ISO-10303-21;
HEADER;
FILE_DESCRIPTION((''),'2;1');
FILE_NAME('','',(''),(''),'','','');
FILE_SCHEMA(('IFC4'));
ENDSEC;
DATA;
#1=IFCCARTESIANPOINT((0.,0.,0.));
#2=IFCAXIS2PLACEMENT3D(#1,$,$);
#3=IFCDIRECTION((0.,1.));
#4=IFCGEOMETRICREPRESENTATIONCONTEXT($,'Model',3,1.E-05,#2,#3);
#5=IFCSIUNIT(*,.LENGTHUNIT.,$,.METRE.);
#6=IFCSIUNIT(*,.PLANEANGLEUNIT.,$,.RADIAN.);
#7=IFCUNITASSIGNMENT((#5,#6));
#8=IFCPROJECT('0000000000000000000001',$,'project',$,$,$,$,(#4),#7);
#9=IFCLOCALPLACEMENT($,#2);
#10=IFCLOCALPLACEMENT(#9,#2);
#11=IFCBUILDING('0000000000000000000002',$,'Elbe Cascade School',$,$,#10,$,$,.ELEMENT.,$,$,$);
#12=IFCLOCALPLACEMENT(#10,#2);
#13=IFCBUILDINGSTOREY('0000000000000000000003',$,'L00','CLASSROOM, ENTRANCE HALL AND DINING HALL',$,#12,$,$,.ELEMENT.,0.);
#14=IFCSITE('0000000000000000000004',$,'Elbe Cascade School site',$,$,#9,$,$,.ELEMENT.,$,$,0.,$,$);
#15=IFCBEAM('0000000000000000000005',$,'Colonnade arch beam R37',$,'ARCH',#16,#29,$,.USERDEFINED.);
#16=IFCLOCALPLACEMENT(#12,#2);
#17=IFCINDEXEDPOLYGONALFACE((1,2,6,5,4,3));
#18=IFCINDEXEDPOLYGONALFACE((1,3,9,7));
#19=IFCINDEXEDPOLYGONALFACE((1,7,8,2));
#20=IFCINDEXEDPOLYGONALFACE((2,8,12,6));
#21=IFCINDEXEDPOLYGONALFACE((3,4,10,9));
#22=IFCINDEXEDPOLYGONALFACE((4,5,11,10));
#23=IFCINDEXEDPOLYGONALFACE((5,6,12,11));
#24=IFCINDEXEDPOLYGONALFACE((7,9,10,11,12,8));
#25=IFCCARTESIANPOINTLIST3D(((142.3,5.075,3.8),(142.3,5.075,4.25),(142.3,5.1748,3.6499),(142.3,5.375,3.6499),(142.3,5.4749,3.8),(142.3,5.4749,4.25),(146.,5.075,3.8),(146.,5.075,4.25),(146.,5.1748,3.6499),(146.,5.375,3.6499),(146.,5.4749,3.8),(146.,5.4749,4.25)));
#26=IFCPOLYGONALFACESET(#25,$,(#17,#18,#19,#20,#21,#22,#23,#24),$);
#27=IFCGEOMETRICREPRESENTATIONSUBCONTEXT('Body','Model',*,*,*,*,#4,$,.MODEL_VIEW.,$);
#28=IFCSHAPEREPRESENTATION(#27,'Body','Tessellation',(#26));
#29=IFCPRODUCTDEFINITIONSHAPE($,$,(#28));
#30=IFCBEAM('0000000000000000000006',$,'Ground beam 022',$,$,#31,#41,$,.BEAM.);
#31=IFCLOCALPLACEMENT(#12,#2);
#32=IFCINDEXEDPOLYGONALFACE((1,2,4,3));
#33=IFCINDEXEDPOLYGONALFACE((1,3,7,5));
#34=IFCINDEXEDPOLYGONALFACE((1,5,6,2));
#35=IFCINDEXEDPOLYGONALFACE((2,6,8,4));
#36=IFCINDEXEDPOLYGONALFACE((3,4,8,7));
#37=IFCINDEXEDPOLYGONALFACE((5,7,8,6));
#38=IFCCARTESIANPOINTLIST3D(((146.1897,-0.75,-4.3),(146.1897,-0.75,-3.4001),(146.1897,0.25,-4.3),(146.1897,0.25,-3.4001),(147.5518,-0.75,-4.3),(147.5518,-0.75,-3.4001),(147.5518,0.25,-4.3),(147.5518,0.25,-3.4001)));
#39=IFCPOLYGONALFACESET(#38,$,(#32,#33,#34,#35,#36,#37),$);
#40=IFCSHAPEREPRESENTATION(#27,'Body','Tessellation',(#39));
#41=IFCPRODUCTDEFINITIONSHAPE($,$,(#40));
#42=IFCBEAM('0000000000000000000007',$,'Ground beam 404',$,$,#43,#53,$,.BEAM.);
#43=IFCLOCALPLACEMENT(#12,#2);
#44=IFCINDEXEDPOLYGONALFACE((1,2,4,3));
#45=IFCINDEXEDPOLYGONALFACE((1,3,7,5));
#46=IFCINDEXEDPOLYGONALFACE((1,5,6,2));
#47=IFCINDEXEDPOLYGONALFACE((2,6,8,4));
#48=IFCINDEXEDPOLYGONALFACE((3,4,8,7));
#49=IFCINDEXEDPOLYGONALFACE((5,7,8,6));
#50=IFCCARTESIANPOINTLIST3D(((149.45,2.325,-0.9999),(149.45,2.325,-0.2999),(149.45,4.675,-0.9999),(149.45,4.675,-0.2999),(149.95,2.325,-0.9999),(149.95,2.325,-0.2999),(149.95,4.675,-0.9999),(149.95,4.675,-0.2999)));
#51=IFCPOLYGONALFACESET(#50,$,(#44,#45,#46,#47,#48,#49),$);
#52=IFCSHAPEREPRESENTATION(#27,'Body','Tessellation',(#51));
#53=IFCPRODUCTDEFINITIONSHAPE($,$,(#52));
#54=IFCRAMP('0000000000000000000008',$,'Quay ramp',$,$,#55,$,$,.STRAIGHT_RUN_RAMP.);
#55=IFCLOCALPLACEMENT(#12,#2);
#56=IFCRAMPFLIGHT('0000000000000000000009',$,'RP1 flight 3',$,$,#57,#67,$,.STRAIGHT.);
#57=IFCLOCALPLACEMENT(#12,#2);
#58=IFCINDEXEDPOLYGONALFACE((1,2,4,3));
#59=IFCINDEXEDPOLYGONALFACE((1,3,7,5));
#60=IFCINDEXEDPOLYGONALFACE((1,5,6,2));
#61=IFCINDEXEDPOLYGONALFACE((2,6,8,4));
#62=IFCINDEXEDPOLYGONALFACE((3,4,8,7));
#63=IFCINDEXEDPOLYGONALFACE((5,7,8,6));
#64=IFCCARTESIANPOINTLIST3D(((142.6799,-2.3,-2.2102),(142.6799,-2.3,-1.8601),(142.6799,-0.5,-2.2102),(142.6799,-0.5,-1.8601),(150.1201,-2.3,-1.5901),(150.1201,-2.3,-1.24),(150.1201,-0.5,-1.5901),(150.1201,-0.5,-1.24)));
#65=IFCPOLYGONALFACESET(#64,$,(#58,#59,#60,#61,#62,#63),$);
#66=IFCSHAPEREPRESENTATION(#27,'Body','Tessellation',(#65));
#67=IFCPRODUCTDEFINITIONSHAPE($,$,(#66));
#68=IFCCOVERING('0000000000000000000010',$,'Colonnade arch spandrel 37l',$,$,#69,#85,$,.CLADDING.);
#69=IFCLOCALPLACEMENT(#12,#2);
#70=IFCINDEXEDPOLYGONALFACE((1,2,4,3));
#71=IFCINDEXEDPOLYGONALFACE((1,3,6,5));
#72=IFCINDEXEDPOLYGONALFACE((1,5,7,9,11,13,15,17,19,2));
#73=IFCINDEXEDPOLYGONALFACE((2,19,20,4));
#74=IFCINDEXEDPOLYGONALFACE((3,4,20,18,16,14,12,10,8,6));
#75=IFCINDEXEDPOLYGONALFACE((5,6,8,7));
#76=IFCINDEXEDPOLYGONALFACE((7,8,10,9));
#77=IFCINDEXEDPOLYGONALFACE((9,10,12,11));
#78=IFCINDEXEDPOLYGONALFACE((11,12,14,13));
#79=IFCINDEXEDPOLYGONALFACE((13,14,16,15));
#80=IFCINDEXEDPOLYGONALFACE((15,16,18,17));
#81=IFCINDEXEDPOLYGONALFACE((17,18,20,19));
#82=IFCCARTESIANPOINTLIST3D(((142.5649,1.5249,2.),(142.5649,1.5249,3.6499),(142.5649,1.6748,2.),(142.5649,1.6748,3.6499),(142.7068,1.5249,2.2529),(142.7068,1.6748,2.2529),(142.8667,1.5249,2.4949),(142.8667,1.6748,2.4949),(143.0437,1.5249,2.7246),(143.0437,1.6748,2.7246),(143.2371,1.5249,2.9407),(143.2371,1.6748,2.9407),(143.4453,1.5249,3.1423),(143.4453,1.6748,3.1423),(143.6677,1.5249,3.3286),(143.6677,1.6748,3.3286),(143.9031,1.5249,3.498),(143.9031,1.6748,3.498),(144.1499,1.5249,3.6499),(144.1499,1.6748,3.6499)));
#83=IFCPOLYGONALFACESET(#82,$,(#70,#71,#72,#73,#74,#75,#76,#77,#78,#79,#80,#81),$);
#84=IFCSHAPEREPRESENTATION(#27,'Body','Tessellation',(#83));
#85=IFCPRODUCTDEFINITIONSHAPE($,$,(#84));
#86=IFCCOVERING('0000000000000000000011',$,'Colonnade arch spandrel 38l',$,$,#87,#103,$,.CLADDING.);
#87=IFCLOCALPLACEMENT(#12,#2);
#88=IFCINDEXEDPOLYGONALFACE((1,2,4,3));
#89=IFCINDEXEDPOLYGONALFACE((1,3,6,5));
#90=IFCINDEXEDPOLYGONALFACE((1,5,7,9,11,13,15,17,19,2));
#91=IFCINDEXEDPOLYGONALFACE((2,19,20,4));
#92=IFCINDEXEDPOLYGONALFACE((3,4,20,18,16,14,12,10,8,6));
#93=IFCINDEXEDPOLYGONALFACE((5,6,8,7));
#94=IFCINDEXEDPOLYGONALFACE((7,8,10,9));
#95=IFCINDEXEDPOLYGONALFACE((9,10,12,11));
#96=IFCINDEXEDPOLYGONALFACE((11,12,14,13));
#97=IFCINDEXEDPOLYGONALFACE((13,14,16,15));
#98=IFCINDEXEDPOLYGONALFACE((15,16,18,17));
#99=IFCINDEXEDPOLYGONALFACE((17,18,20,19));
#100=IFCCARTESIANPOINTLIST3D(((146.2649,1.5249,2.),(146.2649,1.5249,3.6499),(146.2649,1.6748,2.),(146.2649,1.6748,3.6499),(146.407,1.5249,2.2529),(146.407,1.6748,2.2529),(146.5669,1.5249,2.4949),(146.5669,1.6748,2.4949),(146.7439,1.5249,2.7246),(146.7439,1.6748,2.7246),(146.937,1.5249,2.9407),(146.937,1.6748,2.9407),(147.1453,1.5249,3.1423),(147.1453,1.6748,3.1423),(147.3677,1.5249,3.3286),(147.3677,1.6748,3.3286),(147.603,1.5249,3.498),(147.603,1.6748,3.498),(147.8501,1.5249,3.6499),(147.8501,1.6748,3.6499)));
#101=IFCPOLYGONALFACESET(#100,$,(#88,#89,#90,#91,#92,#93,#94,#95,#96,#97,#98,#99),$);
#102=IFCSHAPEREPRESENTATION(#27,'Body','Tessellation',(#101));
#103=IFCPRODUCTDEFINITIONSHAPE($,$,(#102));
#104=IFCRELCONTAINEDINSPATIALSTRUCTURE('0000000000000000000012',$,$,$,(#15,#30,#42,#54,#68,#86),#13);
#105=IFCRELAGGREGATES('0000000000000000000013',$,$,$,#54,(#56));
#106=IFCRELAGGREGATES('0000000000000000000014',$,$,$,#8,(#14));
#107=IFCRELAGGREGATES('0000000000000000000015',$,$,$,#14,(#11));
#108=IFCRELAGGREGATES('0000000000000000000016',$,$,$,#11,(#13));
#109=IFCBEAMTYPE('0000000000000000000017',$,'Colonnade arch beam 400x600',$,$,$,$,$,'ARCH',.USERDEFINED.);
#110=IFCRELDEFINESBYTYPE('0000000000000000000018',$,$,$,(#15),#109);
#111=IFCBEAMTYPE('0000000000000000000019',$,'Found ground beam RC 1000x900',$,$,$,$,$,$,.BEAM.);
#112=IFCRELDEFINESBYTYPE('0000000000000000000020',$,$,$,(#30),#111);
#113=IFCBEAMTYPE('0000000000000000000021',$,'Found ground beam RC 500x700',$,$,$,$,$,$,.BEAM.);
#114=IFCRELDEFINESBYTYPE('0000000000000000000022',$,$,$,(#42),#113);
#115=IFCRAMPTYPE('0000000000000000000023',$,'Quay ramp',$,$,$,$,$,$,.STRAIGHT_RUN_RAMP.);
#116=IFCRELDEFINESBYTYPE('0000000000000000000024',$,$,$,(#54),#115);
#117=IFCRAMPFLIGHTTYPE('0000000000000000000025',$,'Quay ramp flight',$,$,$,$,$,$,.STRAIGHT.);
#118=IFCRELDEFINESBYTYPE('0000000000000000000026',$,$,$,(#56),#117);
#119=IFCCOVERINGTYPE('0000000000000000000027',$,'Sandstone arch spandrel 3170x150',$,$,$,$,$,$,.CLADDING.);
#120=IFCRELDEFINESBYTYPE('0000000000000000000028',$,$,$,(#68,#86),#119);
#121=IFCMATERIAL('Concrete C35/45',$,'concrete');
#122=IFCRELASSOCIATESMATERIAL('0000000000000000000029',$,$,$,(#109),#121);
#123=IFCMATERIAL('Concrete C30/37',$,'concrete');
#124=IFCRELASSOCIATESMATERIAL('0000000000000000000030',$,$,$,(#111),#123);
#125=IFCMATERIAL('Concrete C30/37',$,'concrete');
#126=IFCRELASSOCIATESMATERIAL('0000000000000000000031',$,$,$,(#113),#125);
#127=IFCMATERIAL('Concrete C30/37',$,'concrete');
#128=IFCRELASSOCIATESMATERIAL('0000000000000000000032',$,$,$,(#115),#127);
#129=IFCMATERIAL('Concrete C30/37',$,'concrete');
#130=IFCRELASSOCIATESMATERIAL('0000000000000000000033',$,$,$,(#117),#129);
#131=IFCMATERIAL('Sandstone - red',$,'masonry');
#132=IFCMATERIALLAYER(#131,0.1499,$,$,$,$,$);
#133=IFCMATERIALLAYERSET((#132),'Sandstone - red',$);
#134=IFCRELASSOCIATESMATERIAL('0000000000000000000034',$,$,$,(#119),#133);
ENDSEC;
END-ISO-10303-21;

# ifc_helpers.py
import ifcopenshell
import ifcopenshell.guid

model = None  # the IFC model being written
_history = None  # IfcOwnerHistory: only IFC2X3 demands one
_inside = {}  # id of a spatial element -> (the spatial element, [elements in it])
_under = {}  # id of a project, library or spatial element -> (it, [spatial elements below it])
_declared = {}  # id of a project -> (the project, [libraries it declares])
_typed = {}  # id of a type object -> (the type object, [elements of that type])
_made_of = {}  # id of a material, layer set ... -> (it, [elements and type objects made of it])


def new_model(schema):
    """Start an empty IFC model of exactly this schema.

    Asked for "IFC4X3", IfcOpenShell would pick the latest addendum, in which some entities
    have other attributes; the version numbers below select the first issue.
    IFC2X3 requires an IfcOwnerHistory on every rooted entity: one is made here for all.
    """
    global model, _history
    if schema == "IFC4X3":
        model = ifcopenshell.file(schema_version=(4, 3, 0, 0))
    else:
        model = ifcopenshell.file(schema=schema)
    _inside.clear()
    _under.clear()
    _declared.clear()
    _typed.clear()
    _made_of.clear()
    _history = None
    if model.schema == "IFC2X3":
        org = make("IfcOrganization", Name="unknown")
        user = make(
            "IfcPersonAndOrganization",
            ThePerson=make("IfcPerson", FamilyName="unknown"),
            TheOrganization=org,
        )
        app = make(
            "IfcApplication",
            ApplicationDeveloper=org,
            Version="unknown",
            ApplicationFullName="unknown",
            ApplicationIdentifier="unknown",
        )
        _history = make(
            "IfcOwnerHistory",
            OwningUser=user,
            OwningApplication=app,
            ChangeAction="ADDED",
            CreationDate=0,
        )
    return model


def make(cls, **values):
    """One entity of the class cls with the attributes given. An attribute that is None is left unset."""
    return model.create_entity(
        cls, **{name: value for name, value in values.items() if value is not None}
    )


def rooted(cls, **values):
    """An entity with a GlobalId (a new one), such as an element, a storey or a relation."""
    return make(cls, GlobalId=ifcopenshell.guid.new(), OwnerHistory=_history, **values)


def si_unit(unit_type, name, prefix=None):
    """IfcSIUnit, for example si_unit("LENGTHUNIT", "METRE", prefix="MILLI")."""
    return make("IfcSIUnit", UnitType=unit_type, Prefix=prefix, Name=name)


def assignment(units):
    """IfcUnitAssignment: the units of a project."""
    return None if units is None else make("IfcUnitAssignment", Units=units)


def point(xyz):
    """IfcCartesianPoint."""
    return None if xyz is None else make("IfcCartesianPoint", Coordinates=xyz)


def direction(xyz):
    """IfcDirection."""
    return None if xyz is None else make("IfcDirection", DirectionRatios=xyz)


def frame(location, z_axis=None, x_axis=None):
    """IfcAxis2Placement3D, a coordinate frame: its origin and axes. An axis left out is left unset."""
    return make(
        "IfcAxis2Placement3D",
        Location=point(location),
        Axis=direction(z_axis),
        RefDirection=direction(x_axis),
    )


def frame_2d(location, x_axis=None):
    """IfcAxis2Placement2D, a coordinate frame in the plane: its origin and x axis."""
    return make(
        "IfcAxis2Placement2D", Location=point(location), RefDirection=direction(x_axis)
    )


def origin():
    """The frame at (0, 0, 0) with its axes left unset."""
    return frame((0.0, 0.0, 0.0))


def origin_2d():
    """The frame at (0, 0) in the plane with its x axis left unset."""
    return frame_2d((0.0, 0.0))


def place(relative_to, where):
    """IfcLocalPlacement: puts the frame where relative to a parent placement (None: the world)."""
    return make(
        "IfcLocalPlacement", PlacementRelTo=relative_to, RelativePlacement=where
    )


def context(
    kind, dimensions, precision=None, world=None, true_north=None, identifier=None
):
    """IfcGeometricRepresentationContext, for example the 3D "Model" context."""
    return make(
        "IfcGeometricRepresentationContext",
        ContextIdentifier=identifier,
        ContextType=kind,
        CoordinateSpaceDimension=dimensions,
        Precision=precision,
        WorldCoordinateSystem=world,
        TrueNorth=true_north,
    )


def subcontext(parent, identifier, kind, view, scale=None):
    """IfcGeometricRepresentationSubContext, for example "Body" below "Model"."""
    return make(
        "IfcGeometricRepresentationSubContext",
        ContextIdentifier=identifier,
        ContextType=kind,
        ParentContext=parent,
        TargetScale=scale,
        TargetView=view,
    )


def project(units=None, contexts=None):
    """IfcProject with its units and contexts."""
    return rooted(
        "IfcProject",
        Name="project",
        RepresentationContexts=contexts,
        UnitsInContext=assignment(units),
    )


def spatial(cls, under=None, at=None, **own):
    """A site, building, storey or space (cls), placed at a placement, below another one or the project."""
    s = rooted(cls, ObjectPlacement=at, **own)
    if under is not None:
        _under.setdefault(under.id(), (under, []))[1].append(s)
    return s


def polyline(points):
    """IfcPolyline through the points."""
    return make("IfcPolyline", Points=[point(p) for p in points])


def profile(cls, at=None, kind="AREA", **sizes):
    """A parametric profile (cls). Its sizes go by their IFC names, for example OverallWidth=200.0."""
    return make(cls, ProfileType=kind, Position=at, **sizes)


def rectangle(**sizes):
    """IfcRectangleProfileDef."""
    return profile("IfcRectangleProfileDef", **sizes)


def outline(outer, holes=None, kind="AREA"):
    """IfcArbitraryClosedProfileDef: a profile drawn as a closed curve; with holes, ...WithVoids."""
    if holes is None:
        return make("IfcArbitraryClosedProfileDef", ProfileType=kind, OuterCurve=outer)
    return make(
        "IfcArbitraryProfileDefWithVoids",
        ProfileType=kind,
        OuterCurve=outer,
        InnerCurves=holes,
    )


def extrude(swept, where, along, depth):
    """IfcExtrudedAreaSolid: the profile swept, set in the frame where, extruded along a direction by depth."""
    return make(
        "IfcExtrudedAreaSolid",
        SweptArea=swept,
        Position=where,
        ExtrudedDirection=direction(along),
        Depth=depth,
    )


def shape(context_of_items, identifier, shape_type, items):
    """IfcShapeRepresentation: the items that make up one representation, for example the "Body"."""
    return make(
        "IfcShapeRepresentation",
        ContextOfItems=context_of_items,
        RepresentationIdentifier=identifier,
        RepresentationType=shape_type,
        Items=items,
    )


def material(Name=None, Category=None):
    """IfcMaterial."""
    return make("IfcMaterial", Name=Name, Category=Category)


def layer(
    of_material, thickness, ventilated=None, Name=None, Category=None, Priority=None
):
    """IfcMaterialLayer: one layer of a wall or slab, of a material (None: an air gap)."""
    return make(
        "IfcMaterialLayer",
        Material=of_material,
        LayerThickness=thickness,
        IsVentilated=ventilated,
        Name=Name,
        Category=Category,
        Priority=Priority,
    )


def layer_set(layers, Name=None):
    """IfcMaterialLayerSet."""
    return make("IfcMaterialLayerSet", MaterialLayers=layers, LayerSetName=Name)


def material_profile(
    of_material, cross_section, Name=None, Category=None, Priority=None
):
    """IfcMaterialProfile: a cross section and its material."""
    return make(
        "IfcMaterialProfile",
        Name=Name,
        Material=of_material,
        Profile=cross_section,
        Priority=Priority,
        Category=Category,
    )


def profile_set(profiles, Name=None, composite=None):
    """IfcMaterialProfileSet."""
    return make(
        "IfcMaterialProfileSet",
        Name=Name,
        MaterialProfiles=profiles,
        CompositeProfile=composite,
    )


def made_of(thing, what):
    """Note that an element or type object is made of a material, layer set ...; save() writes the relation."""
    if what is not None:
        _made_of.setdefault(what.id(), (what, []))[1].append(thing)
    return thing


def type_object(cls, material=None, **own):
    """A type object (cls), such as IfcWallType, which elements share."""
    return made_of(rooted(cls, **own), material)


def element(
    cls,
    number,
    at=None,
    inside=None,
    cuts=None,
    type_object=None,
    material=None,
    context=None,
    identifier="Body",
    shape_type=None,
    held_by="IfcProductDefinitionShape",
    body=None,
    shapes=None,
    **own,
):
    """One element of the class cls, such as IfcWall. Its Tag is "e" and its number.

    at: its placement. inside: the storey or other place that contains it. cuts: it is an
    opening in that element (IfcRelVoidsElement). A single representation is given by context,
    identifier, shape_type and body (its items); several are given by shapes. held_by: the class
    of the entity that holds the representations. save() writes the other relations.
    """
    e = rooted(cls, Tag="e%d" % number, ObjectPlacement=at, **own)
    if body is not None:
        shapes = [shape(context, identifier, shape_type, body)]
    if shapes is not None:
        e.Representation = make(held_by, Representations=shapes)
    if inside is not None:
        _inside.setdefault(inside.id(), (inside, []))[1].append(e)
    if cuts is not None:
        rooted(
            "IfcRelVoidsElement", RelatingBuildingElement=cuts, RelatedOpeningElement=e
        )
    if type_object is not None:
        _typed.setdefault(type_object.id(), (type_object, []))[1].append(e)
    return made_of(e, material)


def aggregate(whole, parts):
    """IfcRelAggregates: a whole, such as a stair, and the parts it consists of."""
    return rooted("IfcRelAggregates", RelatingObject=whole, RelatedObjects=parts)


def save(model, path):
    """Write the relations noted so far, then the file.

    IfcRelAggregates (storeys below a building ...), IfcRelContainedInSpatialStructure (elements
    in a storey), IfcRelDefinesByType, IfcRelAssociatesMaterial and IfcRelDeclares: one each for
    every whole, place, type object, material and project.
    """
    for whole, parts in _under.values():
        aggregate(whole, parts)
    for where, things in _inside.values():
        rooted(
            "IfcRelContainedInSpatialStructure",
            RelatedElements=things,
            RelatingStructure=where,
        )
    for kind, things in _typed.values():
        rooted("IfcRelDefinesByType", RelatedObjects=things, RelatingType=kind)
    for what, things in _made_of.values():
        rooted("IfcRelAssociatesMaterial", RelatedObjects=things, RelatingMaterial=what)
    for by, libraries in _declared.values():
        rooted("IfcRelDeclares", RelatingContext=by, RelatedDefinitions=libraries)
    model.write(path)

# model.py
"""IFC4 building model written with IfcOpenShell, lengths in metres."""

from ifc_helpers import new_model, si_unit, direction, frame, origin, origin_2d, place, context, subcontext, project, spatial, polyline, rectangle, outline, extrude, material, layer, layer_set, material_profile, profile_set, type_object, element, aggregate, save


model = new_model("IFC4")

# Units and contexts
model_context = context("Model", 3, precision=1e-05, world=origin(), true_north=direction((0.0, 1.0)))
body_context = subcontext(model_context, "Body", "Model", "MODEL_VIEW")
ifc_project = project(units=[si_unit("LENGTHUNIT", "METRE"), si_unit("PLANEANGLEUNIT", "RADIAN")], contexts=[model_context])

# Site, building, storey
site_placement = place(None, origin())
site = spatial("IfcSite", under=ifc_project, at=site_placement, Name="Elbe Cascade School site", CompositionType="ELEMENT", RefElevation=0.0)
building_placement = place(site_placement, origin())
building = spatial("IfcBuilding", under=site, at=building_placement, Name="Elbe Cascade School", CompositionType="ELEMENT")
storey_placement = place(building_placement, origin())
storey = spatial("IfcBuildingStorey", under=building, at=storey_placement, Name="L00", Description="CLASSROOM, ENTRANCE HALL AND DINING HALL", CompositionType="ELEMENT", Elevation=0.0)

# Beams
ifc_material_1 = material(Name="Concrete C35/45", Category="concrete")
ifc_material_profile_1 = material_profile(ifc_material_1, outline(polyline([(-0.2, 0.3), (0.2, 0.3), (0.2, -0.1499), (0.1001, -0.3), (-0.1001, -0.3), (-0.2, -0.1499), (-0.2, 0.3)])), Name="RC arch 400x600")
ifc_profile_set_1 = profile_set([ifc_material_profile_1], Name="Concrete C35/45")
beam_type_1 = type_object("IfcBeamType", Name="Colonnade arch beam 400x600", ElementType="ARCH", PredefinedType="USERDEFINED", material=ifc_profile_set_1)
for number, where, z_axis, x_axis, name in (
    (1, (142.3, 5.2749, 3.95), (1.0, 0.0, 0.0), (0.0, 1.0, 0.0), "Colonnade arch beam R37"),
):
    element("IfcBeam", number, at=place(storey_placement, frame(where, z_axis=z_axis, x_axis=x_axis)), inside=storey, type_object=beam_type_1, Name=name, ObjectType="ARCH", PredefinedType="USERDEFINED", context=body_context, shape_type="SweptSolid", body=[
        extrude(outline(polyline([(-0.2, 0.3), (0.2, 0.3), (0.2, -0.1499), (0.1001, -0.3), (-0.1001, -0.3), (-0.2, -0.1499), (-0.2, 0.3)])), origin(), (0.0, 0.0, 1.0), 3.7),
    ])
ifc_material_2 = material(Name="Concrete C30/37", Category="concrete")
ifc_material_profile_2 = material_profile(ifc_material_2, rectangle(XDim=1.0, YDim=0.8999, at=origin_2d()), Name="RC 1000x900")
ifc_profile_set_2 = profile_set([ifc_material_profile_2], Name="Concrete C30/37")
beam_type_2 = type_object("IfcBeamType", Name="Found ground beam RC 1000x900", PredefinedType="BEAM", material=ifc_profile_set_2)
beam_1_placement = place(storey_placement, frame((146.1897, -0.25, -3.8501), z_axis=(1.0, 0.0, 0.0), x_axis=(0.0, 1.0, 0.0)))
element("IfcBeam", 2, at=beam_1_placement, inside=storey, type_object=beam_type_2, Name="Ground beam 022", PredefinedType="BEAM", context=body_context, shape_type="SweptSolid", body=[
    extrude(rectangle(XDim=1.0, YDim=0.8999, at=origin_2d()), origin(), (0.0, 0.0, 1.0), 1.3621),
])
ifc_material_3 = material(Name="Concrete C30/37", Category="concrete")
ifc_material_profile_3 = material_profile(ifc_material_3, rectangle(XDim=0.5, YDim=0.7, at=origin_2d()), Name="RC 500x700")
ifc_profile_set_3 = profile_set([ifc_material_profile_3], Name="Concrete C30/37")
beam_type_3 = type_object("IfcBeamType", Name="Found ground beam RC 500x700", PredefinedType="BEAM", material=ifc_profile_set_3)
beam_2_placement = place(storey_placement, frame((149.7, 2.325, -0.6499), z_axis=(0.0, 1.0, 0.0), x_axis=(-1.0, 0.0, 0.0)))
element("IfcBeam", 3, at=beam_2_placement, inside=storey, type_object=beam_type_3, Name="Ground beam 404", PredefinedType="BEAM", context=body_context, shape_type="SweptSolid", body=[
    extrude(rectangle(XDim=0.5, YDim=0.7, at=origin_2d()), origin(), (0.0, 0.0, 1.0), 2.3501),
])

# Ramp, ramp flight
ifc_material_4 = material(Name="Concrete C30/37", Category="concrete")
ramp_type = type_object("IfcRampType", Name="Quay ramp", PredefinedType="STRAIGHT_RUN_RAMP", material=ifc_material_4)
ramp_placement = place(storey_placement, origin())
ramp = element("IfcRamp", 4, at=ramp_placement, inside=storey, type_object=ramp_type, Name="Quay ramp", PredefinedType="STRAIGHT_RUN_RAMP")
ifc_material_5 = material(Name="Concrete C30/37", Category="concrete")
ramp_flight_type = type_object("IfcRampFlightType", Name="Quay ramp flight", PredefinedType="STRAIGHT", material=ifc_material_5)
ramp_flight_placement = place(storey_placement, frame((142.6799, -1.3999, -1.8601), z_axis=(0.0, 0.0, 1.0), x_axis=(1.0, 0.0, 0.0)))
ramp_flight = element("IfcRampFlight", 5, at=ramp_flight_placement, type_object=ramp_flight_type, Name="RP1 flight 3", PredefinedType="STRAIGHT", context=body_context, shape_type="SweptSolid", body=[
    extrude(outline(polyline([(0.0, -0.3501), (7.4402, 0.27), (7.4402, 0.6201), (0.0, 0.0), (0.0, -0.3501)])), frame((0.0, 0.8999, 0.0), z_axis=(0.0, -1.0, 0.0), x_axis=(1.0, 0.0, 0.0)), (0.0, 0.0, 1.0), 1.8),
])
aggregate(ramp, [ramp_flight])

# Coverings
ifc_material_6 = material(Name="Sandstone - red", Category="masonry")
ifc_layer = layer(ifc_material_6, 0.1499)
ifc_layer_set = layer_set([ifc_layer], Name="Sandstone - red")
covering_type = type_object("IfcCoveringType", Name="Sandstone arch spandrel 3170x150", PredefinedType="CLADDING", material=ifc_layer_set)
covering_1_placement = place(storey_placement, frame((142.5649, 1.5249, 3.6499), z_axis=(0.0, -1.0, 0.0), x_axis=(0.0, 0.0, -1.0)))
element("IfcCovering", 6, at=covering_1_placement, inside=storey, type_object=covering_type, Name="Colonnade arch spandrel 37l", PredefinedType="CLADDING", context=body_context, shape_type="SweptSolid", body=[
    extrude(outline(polyline([(0.0, 0.0), (1.6499, 0.0), (1.397, 0.1418), (1.155, 0.3018), (0.9253, 0.4788), (0.7092, 0.6721), (0.5076, 0.8804), (0.3213, 1.1028), (0.1519, 1.3381), (0.0, 1.585), (0.0, 0.0)])), origin(), (0.0, 0.0, -1.0), 0.1499),
])
covering_2_placement = place(storey_placement, frame((146.2649, 1.5249, 3.6499), z_axis=(0.0, -1.0, 0.0), x_axis=(0.0, 0.0, -1.0)))
element("IfcCovering", 7, at=covering_2_placement, inside=storey, type_object=covering_type, Name="Colonnade arch spandrel 38l", PredefinedType="CLADDING", context=body_context, shape_type="SweptSolid", body=[
    extrude(outline(polyline([(0.0, 0.0), (1.6499, 0.0), (1.397, 0.1421), (1.155, 0.302), (0.9253, 0.479), (0.7092, 0.6721), (0.5076, 0.8804), (0.3213, 1.1028), (0.1519, 1.3381), (0.0, 1.5852), (0.0, 0.0)])), origin(), (0.0, 0.0, -1.0), 0.1499),
])

save(model, "model.ifc")
